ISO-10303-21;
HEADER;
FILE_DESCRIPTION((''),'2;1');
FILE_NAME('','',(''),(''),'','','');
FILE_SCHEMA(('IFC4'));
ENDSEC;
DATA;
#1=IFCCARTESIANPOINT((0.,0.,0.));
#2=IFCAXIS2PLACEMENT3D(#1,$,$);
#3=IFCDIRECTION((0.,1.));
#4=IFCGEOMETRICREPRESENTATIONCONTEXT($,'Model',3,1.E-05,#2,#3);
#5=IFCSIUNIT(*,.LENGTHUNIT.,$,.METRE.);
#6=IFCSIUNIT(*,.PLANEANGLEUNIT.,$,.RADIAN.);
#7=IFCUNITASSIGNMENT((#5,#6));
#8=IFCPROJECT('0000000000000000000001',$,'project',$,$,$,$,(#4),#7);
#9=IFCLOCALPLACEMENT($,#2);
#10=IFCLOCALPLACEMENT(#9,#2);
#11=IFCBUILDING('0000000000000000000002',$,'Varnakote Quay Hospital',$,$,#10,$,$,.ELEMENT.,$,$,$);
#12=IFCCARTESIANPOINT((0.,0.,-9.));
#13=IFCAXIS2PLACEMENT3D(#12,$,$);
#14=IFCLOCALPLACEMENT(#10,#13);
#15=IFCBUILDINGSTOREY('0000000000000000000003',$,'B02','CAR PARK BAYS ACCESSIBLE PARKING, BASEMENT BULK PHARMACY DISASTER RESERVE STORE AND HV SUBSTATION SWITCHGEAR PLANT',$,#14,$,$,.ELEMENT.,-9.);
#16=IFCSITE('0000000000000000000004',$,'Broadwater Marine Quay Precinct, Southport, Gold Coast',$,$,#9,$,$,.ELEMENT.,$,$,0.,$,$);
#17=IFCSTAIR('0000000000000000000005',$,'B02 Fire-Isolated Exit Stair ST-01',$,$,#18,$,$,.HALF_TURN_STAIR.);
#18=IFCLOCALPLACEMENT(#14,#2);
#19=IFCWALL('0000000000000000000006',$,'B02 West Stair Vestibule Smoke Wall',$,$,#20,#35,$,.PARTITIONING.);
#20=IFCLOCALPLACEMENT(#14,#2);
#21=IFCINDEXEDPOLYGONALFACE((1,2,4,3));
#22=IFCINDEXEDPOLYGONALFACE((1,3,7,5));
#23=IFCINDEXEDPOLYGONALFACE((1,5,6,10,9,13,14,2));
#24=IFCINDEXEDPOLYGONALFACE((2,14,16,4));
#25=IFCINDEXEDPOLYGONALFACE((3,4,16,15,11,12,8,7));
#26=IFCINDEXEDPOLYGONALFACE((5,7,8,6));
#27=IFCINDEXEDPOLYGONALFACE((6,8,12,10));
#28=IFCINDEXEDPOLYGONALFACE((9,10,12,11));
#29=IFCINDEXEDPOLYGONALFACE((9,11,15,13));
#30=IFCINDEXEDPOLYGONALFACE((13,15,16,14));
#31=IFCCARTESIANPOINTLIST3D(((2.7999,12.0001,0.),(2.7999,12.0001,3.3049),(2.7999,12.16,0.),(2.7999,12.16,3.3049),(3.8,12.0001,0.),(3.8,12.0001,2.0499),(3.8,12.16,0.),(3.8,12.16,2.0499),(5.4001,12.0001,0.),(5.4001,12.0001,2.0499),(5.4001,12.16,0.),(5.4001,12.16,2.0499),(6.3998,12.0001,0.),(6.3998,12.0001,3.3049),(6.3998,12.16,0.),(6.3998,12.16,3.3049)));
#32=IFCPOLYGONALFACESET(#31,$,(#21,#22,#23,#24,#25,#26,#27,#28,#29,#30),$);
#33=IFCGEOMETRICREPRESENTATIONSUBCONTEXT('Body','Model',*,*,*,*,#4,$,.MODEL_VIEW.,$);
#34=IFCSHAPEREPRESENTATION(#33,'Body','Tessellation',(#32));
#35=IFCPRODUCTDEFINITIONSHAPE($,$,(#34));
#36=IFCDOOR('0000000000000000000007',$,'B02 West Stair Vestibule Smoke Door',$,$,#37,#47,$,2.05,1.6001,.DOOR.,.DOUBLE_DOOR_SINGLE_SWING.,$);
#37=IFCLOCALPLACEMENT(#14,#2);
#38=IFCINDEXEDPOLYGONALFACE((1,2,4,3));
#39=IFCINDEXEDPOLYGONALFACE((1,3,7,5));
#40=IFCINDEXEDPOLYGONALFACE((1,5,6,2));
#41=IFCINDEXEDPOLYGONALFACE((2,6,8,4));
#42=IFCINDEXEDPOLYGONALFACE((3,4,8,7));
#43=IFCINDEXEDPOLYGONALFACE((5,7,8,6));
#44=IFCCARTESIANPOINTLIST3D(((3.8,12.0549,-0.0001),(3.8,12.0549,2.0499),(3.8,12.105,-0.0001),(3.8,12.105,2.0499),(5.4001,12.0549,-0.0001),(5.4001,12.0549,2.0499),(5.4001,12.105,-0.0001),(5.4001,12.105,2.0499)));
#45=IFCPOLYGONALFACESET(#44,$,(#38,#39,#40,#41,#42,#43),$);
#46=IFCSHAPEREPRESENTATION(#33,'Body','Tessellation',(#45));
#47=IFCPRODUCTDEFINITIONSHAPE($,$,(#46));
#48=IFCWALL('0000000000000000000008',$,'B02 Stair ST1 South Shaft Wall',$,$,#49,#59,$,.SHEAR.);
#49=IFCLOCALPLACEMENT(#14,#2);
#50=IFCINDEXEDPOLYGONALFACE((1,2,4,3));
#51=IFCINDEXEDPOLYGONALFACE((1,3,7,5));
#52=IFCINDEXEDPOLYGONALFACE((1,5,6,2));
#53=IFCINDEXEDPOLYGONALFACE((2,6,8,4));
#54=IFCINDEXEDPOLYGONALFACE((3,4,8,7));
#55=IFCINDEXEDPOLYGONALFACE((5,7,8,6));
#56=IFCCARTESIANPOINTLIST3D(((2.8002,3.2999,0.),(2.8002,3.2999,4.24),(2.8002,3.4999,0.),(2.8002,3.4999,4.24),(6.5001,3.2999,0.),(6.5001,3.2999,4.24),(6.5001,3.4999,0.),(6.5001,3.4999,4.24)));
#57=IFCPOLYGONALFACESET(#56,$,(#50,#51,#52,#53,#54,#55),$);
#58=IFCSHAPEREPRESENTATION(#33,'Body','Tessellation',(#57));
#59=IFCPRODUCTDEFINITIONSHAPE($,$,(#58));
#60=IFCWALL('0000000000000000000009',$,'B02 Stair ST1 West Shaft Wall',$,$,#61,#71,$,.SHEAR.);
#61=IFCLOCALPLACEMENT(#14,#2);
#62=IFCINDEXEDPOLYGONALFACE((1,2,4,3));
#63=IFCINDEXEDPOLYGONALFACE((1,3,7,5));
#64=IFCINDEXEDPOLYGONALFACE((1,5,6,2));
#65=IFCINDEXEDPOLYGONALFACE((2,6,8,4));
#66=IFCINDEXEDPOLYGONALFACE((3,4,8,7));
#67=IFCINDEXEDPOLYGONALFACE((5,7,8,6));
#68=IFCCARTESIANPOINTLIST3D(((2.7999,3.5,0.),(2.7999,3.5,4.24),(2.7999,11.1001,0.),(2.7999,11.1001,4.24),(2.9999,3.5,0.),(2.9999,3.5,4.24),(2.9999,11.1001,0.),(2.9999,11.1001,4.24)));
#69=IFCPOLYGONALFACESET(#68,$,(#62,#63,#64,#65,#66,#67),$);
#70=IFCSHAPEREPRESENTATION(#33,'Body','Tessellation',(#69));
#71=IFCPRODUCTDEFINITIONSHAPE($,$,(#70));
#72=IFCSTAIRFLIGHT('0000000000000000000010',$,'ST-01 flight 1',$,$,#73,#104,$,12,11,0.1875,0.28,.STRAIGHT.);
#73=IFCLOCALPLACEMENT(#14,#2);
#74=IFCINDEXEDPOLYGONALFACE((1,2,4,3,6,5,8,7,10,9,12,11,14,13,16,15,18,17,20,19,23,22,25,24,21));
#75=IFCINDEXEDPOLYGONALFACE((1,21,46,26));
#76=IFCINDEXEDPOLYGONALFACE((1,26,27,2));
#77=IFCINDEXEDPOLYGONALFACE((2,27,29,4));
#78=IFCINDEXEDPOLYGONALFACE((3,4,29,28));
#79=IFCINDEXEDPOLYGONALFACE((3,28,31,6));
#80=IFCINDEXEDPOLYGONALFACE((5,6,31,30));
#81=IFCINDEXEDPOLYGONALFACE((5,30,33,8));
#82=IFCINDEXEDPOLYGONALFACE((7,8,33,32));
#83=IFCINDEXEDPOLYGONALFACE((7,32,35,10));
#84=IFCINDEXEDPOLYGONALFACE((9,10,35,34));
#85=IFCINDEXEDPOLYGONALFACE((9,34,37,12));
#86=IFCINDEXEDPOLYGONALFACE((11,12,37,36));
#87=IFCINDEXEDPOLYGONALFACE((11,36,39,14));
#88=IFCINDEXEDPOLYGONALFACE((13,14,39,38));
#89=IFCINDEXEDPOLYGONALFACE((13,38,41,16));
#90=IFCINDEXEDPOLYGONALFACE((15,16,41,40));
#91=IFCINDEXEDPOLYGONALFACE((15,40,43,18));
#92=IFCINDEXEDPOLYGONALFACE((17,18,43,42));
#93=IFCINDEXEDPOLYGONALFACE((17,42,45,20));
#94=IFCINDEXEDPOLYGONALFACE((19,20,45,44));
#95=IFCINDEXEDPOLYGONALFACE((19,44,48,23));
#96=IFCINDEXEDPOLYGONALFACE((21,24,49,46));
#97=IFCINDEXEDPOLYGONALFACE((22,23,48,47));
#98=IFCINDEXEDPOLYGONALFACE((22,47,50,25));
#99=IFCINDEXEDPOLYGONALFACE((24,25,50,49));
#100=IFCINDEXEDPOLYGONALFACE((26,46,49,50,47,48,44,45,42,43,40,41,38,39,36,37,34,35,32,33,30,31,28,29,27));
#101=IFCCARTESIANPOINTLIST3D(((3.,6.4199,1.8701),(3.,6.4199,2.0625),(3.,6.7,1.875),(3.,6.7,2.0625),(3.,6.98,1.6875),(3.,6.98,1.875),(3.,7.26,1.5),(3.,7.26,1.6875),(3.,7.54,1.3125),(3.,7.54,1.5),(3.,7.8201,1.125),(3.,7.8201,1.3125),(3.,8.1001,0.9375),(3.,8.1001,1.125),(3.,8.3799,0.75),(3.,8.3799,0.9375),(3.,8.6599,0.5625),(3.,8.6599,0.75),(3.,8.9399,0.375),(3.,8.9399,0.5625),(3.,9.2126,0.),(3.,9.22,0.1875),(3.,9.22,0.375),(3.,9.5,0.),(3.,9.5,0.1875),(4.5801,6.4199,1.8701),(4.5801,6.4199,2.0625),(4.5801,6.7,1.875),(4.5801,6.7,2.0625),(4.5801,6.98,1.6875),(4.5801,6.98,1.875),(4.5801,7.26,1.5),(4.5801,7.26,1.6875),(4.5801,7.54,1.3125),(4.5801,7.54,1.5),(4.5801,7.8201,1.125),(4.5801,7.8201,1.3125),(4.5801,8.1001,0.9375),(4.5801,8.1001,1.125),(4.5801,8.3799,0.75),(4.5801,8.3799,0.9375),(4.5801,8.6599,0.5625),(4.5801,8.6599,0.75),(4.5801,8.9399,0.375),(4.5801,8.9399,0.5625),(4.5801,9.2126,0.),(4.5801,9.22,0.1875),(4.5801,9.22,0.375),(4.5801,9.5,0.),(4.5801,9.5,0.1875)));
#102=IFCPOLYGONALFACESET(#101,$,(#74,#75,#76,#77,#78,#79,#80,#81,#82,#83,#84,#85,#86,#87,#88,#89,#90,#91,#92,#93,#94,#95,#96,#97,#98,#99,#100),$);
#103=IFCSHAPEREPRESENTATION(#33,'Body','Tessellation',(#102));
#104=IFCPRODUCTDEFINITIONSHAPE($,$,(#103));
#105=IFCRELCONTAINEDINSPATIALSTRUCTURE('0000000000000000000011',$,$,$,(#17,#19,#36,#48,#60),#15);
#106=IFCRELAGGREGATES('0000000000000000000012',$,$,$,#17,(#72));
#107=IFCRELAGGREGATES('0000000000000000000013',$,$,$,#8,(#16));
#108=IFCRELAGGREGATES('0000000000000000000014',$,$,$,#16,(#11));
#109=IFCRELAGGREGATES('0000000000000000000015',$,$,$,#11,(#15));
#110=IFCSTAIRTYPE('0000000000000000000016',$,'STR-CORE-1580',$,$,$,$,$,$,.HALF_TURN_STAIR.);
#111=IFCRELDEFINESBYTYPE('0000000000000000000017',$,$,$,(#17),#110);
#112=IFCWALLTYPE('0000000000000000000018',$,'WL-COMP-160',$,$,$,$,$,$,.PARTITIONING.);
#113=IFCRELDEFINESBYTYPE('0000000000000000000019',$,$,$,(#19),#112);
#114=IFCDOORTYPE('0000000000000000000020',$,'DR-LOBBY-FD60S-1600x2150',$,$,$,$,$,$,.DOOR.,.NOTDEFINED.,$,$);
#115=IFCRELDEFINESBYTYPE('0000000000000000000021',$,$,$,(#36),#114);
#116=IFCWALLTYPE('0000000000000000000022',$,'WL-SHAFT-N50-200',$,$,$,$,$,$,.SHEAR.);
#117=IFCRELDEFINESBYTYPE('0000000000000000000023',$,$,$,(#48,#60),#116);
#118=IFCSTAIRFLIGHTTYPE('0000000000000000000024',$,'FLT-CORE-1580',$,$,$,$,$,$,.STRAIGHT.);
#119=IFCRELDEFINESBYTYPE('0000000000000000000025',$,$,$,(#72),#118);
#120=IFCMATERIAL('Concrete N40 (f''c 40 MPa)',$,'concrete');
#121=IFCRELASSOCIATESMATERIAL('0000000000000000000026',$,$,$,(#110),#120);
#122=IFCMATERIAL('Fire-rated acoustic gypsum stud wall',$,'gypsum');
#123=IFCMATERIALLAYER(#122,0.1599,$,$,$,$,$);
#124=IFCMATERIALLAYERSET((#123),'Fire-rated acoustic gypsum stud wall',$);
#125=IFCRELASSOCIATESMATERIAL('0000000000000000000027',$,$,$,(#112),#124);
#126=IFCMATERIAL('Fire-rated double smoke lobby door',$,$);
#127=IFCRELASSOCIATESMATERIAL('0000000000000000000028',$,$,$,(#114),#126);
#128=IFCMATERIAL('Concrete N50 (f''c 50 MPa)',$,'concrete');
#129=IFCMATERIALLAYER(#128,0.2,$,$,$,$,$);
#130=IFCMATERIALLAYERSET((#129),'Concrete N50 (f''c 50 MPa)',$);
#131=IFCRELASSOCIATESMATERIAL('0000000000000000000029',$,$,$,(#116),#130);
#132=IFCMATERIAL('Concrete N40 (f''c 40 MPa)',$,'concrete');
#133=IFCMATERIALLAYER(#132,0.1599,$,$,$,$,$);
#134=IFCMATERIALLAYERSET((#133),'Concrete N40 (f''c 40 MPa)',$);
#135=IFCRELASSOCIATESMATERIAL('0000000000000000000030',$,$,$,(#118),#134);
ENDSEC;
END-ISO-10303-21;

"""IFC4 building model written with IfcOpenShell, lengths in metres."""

from ifc_helpers import new_model, si_unit, direction, frame, frame_2d, origin, place, context, subcontext, project, spatial, polyline, rectangle, outline, extrude, material, layer, layer_set, type_object, element, fill, aggregate, save


model = new_model("IFC4")

# Units and contexts
model_context = context("Model", 3, precision=1e-05, world=origin(), true_north=direction((0.0, 1.0)))
body_context = subcontext(model_context, "Body", "Model", "MODEL_VIEW")
ifc_project = project(units=[si_unit("LENGTHUNIT", "METRE"), si_unit("PLANEANGLEUNIT", "RADIAN")], contexts=[model_context])

# Site, building, storey
site_placement = place(None, origin())
site = spatial("IfcSite", under=ifc_project, at=site_placement, Name="Broadwater Marine Quay Precinct, Southport, Gold Coast", CompositionType="ELEMENT", RefElevation=0.0)
building_placement = place(site_placement, origin())
building = spatial("IfcBuilding", under=site, at=building_placement, Name="Varnakote Quay Hospital", CompositionType="ELEMENT")
storey_placement = place(building_placement, frame((0.0, 0.0, -9.0)))
storey = spatial("IfcBuildingStorey", under=building, at=storey_placement, Name="B02", Description="CAR PARK BAYS ACCESSIBLE PARKING, BASEMENT BULK PHARMACY DISASTER RESERVE STORE AND HV SUBSTATION SWITCHGEAR PLANT", CompositionType="ELEMENT", Elevation=-9.0)

# Stair
ifc_material_1 = material(Name="Concrete N40 (f'c 40 MPa)", Category="concrete")
stair_type = type_object("IfcStairType", Name="STR-CORE-1580", PredefinedType="HALF_TURN_STAIR", material=ifc_material_1)
stair_1_placement = place(storey_placement, origin())
stair_1 = element("IfcStair", 1, at=stair_1_placement, inside=storey, type_object=stair_type, Name="B02 Fire-Isolated Exit Stair ST-01", PredefinedType="HALF_TURN_STAIR")

# Shared definitions
ifc_material_2 = material(Name="Fire-rated acoustic gypsum stud wall", Category="gypsum")
ifc_layer_1 = layer(ifc_material_2, 0.1599)
ifc_layer_set_1 = layer_set([ifc_layer_1], Name="Fire-rated acoustic gypsum stud wall")
wall_type_1 = type_object("IfcWallType", Name="WL-COMP-160", PredefinedType="PARTITIONING", material=ifc_layer_set_1)

# Wall, opening, door
wall_1_placement = place(storey_placement, frame((2.8, 12.0801, 0.0), z_axis=(0.0, 0.0, 1.0), x_axis=(1.0, 0.0, 0.0)))
wall_1 = element("IfcWall", 2, at=wall_1_placement, inside=storey, type_object=wall_type_1, Name="B02 West Stair Vestibule Smoke Wall", PredefinedType="PARTITIONING", context=body_context, shape_type="SweptSolid", body=[
    extrude(rectangle(XDim=3.5999, YDim=0.1599, at=frame_2d((1.7998, 0.0))), origin(), (0.0, 0.0, 1.0), 3.3049),
])
opening_1_placement = place(wall_1_placement, frame((1.0, 0.0, 0.0)))
opening_1 = element("IfcOpeningElement", 3, at=opening_1_placement, cuts=wall_1, PredefinedType="OPENING", context=body_context, shape_type="SweptSolid", body=[
    extrude(rectangle(XDim=1.6001, YDim=2.05, at=frame_2d((0.8, 1.0249))), frame((0.0, 0.0898, 0.0), z_axis=(0.0, -1.0, 0.0), x_axis=(1.0, 0.0, 0.0)), (0.0, 0.0, 1.0), 0.1799),
])
ifc_material_3 = material(Name="Fire-rated double smoke lobby door")
door_type_1 = type_object("IfcDoorType", Name="DR-LOBBY-FD60S-1600x2150", OperationType="NOTDEFINED", PredefinedType="DOOR", material=ifc_material_3)
door_1_placement = place(opening_1_placement, origin())
door_1 = element("IfcDoor", 4, at=door_1_placement, inside=storey, type_object=door_type_1, Name="B02 West Stair Vestibule Smoke Door", OperationType="DOUBLE_DOOR_SINGLE_SWING", OverallHeight=2.05, OverallWidth=1.6001, PredefinedType="DOOR", context=body_context, shape_type="SweptSolid", body=[
    extrude(rectangle(XDim=1.6001, YDim=2.05, at=frame_2d((0.8, 1.0249))), frame((0.0, 0.0249, 0.0), z_axis=(0.0, -1.0, 0.0), x_axis=(1.0, 0.0, 0.0)), (0.0, 0.0, 1.0), 0.05),
])
fill(opening_1, door_1)

# Walls
ifc_material_4 = material(Name="Concrete N50 (f'c 50 MPa)", Category="concrete")
ifc_layer_2 = layer(ifc_material_4, 0.2)
ifc_layer_set_2 = layer_set([ifc_layer_2], Name="Concrete N50 (f'c 50 MPa)")
wall_type_2 = type_object("IfcWallType", Name="WL-SHAFT-N50-200", PredefinedType="SHEAR", material=ifc_layer_set_2)
wall_2_placement = place(storey_placement, frame((2.8, 3.3999, 0.0), z_axis=(0.0, 0.0, 1.0), x_axis=(1.0, 0.0, 0.0)))
element("IfcWall", 5, at=wall_2_placement, inside=storey, type_object=wall_type_2, Name="B02 Stair ST1 South Shaft Wall", PredefinedType="SHEAR", context=body_context, shape_type="SweptSolid", body=[
    extrude(rectangle(XDim=3.7, YDim=0.2, at=frame_2d((1.8501, 0.0))), origin(), (0.0, 0.0, 1.0), 4.24),
])
wall_3_placement = place(storey_placement, frame((2.8999, 3.5, 0.0), z_axis=(0.0, 0.0, 1.0), x_axis=(0.0, 1.0, 0.0)))
element("IfcWall", 6, at=wall_3_placement, inside=storey, type_object=wall_type_2, Name="B02 Stair ST1 West Shaft Wall", PredefinedType="SHEAR", context=body_context, shape_type="SweptSolid", body=[
    extrude(rectangle(XDim=7.6001, YDim=0.2, at=frame_2d((3.8, 0.0))), origin(), (0.0, 0.0, 1.0), 4.24),
])

# Stair flight
ifc_material_5 = material(Name="Concrete N40 (f'c 40 MPa)", Category="concrete")
ifc_layer_3 = layer(ifc_material_5, 0.1599)
ifc_layer_set_3 = layer_set([ifc_layer_3], Name="Concrete N40 (f'c 40 MPa)")
stair_flight_type = type_object("IfcStairFlightType", Name="FLT-CORE-1580", PredefinedType="STRAIGHT", material=ifc_layer_set_3)
stair_flight_placement = place(storey_placement, frame((3.79, 9.5, 0.0), z_axis=(0.0, 0.0, 1.0), x_axis=(0.0, -1.0, 0.0)))
stair_flight = element("IfcStairFlight", 7, at=stair_flight_placement, type_object=stair_flight_type, Name="ST-01 flight 1", NumberOfRisers=12, NumberOfTreads=11, PredefinedType="STRAIGHT", RiserHeight=0.1875, TreadLength=0.28, context=body_context, shape_type="SweptSolid", body=[
    extrude(outline(polyline([(0.0, 0.0), (0.0, 0.1875), (0.28, 0.1875), (0.28, 0.375), (0.5601, 0.375), (0.5601, 0.5625), (0.8401, 0.5625), (0.8401, 0.75), (1.1201, 0.75), (1.1201, 0.9375), (1.3999, 0.9375), (1.3999, 1.125), (1.6799, 1.125), (1.6799, 1.3125), (1.96, 1.3125), (1.96, 1.5), (2.24, 1.5), (2.24, 1.6875), (2.52, 1.6875), (2.52, 1.875), (2.8, 1.875), (2.8, 2.0625), (3.0801, 2.0625), (3.0801, 2.25), (3.0801, 1.8701), (0.2874, 0.0), (0.0, 0.0)])), frame((0.0, 0.79, 0.0), z_axis=(0.0, -1.0, 0.0), x_axis=(1.0, 0.0, 0.0)), (0.0, 0.0, 1.0), 1.5801),
])
aggregate(stair_1, [stair_flight])

save(model, "model.ifc")
